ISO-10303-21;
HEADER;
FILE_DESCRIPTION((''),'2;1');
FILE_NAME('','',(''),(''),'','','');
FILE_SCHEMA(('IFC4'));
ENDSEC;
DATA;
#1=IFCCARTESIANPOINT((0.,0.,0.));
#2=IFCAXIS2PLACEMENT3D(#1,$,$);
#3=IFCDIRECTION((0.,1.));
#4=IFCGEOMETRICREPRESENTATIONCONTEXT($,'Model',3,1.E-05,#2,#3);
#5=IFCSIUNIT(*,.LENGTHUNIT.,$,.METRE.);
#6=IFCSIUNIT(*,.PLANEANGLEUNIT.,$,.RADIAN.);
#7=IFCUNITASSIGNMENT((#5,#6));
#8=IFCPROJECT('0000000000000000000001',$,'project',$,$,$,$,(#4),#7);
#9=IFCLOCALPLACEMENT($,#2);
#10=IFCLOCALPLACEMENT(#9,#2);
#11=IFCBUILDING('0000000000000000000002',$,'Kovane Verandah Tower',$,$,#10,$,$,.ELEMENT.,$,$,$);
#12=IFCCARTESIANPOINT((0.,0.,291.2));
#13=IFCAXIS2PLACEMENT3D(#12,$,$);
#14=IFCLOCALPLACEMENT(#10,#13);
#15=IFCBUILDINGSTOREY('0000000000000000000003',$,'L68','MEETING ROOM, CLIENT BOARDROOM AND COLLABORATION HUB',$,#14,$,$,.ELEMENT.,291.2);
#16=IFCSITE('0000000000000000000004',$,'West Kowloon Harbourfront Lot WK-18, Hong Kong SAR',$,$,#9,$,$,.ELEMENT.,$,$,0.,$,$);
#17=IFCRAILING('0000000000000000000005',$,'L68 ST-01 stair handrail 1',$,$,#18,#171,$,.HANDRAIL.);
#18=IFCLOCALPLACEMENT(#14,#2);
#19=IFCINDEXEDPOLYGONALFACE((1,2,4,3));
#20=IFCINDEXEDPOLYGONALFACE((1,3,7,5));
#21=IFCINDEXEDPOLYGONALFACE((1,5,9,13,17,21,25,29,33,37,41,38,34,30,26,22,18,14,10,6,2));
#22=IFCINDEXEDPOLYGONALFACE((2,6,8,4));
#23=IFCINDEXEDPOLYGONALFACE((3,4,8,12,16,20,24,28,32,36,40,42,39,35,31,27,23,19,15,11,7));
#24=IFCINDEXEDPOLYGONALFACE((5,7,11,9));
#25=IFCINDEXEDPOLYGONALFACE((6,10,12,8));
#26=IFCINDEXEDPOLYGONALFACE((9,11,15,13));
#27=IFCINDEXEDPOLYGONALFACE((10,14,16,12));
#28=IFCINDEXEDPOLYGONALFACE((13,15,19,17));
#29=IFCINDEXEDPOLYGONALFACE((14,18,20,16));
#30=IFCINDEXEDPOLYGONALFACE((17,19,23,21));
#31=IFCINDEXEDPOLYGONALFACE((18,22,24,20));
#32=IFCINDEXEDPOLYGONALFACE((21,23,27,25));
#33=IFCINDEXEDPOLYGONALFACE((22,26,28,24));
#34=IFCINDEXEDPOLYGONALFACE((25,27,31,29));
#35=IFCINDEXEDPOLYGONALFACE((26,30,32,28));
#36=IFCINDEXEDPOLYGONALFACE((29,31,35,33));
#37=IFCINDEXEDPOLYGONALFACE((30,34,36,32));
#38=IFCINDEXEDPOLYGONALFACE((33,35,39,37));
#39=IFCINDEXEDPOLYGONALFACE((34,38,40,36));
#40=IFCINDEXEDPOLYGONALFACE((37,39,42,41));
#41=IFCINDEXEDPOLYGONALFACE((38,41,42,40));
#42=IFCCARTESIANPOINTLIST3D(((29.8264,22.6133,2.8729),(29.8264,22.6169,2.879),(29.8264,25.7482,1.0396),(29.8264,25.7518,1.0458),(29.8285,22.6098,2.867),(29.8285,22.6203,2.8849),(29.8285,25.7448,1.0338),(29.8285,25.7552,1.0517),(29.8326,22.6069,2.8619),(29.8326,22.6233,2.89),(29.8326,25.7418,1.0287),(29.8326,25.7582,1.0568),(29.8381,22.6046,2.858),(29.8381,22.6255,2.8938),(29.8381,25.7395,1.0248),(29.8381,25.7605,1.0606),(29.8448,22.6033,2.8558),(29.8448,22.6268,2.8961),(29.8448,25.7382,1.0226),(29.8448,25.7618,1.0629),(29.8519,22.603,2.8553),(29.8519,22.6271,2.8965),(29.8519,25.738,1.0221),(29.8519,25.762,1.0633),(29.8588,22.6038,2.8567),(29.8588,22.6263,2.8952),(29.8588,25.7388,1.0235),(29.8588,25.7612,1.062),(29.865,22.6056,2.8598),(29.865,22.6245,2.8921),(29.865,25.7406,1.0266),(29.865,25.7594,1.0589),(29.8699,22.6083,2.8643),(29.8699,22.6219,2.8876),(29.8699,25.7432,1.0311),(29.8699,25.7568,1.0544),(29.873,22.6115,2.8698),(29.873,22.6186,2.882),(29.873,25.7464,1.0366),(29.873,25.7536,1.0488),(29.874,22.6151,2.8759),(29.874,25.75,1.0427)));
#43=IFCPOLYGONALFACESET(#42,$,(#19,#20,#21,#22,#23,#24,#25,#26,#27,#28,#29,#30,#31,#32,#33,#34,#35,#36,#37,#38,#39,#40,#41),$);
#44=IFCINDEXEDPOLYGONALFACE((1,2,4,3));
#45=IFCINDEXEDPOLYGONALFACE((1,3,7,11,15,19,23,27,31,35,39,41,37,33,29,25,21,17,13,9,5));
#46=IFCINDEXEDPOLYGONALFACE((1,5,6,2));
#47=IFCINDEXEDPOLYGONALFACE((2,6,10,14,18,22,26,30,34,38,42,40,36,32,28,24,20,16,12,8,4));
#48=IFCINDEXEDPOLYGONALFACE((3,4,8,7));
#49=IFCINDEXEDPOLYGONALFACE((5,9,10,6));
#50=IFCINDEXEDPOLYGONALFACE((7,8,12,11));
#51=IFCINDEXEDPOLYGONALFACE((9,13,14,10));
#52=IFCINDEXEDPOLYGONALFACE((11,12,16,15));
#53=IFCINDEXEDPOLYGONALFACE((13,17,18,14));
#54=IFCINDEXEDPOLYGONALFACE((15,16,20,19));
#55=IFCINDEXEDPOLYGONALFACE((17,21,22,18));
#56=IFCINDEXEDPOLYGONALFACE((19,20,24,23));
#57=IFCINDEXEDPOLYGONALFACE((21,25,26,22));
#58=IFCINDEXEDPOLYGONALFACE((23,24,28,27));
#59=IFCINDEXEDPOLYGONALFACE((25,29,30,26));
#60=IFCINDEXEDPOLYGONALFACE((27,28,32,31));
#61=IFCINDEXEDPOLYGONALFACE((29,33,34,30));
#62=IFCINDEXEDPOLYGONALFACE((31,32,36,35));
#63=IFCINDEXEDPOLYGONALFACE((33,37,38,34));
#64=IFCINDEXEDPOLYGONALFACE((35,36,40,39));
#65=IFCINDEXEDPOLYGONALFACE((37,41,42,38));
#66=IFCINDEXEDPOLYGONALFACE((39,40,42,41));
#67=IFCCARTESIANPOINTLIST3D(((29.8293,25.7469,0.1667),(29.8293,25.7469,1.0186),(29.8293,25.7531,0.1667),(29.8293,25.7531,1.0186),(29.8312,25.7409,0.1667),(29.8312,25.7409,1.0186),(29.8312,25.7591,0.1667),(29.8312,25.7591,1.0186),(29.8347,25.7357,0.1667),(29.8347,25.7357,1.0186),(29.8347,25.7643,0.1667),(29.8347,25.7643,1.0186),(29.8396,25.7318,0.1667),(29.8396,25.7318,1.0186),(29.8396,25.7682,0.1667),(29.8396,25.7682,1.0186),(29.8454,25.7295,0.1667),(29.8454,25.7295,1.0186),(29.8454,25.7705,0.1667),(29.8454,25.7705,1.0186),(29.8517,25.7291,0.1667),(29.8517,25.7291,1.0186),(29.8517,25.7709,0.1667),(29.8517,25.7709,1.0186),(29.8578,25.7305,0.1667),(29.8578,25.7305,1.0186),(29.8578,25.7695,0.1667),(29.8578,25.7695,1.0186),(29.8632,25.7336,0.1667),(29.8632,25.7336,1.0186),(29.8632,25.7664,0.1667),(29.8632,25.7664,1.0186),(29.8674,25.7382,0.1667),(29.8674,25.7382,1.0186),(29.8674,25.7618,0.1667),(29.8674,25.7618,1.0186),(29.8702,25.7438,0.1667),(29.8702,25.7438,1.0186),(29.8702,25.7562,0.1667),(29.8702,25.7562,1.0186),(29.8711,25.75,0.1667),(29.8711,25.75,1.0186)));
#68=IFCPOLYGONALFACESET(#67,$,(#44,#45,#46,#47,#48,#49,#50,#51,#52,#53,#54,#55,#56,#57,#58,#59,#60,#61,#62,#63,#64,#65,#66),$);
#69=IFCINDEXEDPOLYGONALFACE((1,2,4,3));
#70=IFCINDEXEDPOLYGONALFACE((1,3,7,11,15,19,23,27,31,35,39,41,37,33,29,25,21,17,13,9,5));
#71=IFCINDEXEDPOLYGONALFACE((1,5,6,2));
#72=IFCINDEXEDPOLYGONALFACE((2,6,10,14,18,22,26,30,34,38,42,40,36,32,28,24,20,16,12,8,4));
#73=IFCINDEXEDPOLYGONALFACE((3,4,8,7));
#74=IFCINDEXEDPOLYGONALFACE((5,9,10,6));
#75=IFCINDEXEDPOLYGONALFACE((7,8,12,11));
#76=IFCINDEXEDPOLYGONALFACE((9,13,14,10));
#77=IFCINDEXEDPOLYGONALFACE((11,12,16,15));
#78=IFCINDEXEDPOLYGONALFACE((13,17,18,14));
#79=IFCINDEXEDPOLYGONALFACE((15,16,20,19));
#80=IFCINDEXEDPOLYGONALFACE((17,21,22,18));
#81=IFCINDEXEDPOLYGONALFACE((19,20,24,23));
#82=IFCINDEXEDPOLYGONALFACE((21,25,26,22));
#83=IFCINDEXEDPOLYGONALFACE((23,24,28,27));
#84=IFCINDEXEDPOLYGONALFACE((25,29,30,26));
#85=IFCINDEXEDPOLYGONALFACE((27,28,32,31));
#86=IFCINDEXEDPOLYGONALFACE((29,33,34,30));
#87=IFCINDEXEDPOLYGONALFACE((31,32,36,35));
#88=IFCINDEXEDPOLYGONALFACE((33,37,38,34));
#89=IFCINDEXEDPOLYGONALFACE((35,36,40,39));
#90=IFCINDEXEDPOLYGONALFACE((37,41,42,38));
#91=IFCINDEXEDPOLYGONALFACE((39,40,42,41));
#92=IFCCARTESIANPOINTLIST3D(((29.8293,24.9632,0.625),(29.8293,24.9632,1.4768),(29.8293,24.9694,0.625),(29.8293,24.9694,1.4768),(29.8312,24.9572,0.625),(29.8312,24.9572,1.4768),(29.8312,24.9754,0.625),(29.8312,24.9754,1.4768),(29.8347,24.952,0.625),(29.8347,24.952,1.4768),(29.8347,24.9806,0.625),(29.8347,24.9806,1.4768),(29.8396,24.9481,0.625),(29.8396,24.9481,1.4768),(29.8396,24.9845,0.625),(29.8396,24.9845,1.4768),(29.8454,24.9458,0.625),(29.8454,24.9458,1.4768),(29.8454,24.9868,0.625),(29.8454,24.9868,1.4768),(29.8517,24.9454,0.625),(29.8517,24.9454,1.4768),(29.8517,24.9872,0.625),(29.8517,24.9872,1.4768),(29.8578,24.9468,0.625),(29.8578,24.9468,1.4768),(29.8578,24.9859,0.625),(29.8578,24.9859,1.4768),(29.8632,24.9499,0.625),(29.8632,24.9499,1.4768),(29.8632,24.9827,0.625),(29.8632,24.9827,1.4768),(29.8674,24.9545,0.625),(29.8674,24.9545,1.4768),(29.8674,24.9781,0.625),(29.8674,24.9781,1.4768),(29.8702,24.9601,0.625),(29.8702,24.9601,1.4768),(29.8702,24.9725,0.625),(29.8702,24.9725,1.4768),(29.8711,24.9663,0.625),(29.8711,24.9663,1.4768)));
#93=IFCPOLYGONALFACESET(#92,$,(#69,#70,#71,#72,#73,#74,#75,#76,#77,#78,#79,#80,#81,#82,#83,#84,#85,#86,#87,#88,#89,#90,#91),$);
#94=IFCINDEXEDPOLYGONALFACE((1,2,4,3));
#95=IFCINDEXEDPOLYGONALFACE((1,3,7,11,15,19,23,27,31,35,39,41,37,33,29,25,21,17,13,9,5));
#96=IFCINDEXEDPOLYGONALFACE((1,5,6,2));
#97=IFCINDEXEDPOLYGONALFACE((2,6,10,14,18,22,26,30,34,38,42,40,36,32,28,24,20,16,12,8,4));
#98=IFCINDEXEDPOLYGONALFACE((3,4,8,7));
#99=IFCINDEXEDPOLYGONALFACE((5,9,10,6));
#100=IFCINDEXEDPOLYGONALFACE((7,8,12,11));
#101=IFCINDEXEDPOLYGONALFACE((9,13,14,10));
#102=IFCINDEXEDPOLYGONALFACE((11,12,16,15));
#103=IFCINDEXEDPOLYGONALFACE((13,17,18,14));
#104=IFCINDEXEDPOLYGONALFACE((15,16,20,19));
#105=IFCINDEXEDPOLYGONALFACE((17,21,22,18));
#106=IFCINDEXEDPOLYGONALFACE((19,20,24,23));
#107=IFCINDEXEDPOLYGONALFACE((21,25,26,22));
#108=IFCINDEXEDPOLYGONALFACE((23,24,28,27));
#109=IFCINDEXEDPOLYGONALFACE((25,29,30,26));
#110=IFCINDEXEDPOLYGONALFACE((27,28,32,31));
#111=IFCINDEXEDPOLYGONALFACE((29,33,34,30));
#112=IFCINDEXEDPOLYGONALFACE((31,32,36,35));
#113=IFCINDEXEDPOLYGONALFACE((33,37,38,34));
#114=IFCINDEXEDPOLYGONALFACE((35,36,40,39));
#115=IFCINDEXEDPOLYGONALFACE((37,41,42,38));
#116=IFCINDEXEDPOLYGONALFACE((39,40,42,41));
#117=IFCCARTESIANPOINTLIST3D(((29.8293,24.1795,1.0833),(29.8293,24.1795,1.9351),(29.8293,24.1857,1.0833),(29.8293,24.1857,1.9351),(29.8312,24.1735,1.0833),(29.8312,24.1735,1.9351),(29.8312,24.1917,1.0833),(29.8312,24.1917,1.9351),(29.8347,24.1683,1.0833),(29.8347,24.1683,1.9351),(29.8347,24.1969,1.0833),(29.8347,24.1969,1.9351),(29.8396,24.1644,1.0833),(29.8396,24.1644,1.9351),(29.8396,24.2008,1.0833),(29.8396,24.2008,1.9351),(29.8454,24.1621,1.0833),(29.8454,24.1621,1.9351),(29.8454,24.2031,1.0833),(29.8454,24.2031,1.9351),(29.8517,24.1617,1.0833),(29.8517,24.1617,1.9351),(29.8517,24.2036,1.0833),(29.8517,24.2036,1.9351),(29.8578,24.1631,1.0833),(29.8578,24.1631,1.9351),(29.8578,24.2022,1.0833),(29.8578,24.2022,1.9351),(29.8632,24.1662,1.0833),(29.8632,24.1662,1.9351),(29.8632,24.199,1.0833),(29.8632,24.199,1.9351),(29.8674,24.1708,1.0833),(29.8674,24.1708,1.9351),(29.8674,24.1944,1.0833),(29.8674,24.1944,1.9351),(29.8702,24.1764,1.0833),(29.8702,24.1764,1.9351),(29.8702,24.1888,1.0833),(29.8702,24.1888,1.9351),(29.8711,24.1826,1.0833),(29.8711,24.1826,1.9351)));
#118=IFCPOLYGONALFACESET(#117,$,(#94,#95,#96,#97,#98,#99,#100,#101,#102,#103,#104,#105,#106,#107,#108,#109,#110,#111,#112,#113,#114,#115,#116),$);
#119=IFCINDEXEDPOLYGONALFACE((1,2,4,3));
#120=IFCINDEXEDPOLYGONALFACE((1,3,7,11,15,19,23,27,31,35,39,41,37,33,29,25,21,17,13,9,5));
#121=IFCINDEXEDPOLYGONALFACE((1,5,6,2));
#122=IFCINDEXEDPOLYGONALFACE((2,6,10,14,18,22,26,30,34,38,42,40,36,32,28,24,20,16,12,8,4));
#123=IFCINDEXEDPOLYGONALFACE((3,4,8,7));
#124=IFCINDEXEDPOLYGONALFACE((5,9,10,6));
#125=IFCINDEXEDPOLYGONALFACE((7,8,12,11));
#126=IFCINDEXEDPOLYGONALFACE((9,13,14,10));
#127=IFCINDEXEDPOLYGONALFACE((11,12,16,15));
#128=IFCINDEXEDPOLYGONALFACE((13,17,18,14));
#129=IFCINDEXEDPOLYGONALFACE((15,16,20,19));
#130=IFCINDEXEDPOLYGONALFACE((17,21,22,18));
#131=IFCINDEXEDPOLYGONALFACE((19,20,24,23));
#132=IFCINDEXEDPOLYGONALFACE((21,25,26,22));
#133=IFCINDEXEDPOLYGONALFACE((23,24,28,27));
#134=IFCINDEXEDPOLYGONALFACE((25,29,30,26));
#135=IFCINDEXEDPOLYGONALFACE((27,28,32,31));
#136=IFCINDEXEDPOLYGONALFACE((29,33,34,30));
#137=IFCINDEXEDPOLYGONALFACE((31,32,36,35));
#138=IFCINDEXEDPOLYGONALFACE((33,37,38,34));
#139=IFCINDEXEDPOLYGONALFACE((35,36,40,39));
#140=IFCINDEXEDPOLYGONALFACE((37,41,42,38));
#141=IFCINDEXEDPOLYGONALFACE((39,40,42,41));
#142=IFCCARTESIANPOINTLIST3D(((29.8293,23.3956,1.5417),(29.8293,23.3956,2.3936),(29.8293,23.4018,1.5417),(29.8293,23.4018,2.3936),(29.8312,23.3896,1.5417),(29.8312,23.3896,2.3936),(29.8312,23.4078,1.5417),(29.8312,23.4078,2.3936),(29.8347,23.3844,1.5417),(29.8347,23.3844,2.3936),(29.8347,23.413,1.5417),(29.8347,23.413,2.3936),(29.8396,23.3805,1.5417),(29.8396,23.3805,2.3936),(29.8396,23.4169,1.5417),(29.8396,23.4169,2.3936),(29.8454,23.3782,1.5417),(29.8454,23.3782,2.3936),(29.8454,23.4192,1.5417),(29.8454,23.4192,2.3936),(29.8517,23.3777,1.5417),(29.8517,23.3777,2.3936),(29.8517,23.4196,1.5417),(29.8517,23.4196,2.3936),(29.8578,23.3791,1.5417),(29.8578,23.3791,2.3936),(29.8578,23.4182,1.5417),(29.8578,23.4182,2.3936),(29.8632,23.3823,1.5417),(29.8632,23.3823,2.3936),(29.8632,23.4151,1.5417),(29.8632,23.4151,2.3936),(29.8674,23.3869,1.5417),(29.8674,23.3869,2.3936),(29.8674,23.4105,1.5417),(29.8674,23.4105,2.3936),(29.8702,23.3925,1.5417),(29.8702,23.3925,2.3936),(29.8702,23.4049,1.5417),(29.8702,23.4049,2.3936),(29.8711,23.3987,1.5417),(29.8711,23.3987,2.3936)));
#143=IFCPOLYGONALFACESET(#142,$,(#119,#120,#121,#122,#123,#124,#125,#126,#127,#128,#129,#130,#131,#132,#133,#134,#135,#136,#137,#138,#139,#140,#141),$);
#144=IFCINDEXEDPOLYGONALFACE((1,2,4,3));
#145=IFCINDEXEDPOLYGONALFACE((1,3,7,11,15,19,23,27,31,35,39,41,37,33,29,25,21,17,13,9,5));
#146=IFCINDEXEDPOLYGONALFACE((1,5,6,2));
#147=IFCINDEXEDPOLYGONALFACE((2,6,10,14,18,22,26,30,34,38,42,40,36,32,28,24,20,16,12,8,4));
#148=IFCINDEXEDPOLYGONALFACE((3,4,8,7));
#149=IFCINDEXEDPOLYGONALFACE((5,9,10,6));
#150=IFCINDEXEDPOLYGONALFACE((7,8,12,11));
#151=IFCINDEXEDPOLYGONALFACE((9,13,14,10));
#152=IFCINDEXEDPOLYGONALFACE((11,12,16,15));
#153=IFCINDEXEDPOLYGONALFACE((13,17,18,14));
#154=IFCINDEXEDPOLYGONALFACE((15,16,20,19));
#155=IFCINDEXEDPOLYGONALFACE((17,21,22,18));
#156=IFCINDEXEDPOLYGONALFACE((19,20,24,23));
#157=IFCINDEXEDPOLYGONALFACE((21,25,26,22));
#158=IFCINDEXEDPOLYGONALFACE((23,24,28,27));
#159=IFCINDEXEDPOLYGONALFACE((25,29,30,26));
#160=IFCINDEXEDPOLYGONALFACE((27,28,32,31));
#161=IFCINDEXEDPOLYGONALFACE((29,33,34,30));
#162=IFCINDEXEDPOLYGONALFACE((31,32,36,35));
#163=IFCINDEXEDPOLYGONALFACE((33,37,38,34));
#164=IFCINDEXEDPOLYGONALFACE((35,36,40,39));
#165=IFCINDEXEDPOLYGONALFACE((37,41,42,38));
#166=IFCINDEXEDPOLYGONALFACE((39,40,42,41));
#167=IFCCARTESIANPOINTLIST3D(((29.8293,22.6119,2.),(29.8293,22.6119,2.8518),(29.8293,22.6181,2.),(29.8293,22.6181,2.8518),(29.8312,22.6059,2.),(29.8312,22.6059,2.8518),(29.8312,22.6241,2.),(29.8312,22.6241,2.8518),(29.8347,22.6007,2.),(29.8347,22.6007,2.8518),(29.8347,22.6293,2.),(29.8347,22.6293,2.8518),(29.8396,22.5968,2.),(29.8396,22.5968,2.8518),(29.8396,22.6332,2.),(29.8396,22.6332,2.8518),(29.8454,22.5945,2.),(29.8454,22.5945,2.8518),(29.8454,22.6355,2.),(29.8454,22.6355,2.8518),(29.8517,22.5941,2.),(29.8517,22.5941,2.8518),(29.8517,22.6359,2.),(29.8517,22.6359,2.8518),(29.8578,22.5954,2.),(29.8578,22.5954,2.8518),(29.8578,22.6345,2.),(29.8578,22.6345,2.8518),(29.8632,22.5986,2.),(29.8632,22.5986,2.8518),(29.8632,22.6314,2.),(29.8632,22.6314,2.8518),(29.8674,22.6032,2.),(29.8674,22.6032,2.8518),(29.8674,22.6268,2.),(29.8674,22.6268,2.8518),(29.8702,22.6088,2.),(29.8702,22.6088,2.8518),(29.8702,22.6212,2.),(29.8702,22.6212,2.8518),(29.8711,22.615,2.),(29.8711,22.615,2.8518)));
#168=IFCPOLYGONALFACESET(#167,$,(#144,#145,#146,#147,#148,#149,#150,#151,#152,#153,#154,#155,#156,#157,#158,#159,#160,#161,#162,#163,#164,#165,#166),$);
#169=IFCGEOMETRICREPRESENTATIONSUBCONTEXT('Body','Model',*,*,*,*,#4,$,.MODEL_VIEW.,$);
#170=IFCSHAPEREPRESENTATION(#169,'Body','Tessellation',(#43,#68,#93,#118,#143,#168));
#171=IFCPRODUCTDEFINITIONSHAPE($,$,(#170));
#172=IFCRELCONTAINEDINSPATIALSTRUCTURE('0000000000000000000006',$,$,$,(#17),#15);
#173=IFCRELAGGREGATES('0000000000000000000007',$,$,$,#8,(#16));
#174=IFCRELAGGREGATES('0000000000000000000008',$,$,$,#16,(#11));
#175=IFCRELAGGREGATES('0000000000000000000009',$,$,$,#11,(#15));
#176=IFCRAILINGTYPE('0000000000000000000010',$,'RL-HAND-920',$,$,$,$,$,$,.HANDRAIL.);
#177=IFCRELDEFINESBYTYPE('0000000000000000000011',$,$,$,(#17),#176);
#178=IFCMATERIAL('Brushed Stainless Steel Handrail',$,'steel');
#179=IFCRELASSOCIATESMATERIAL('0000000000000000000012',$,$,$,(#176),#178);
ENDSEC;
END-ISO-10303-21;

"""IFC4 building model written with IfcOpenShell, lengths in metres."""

from ifc_helpers import new_model, si_unit, direction, frame, origin, origin_2d, place, context, subcontext, project, spatial, circle, extrude, material, type_object, element, save


model = new_model("IFC4")

# Units and contexts
model_context = context("Model", 3, precision=1e-05, world=origin(), true_north=direction((0.0, 1.0)))
body_context = subcontext(model_context, "Body", "Model", "MODEL_VIEW")
ifc_project = project(units=[si_unit("LENGTHUNIT", "METRE"), si_unit("PLANEANGLEUNIT", "RADIAN")], contexts=[model_context])

# Site, building, storey
site_placement = place(None, origin())
site = spatial("IfcSite", under=ifc_project, at=site_placement, Name="West Kowloon Harbourfront Lot WK-18, Hong Kong SAR", CompositionType="ELEMENT", RefElevation=0.0)
building_placement = place(site_placement, origin())
building = spatial("IfcBuilding", under=site, at=building_placement, Name="Kovane Verandah Tower", CompositionType="ELEMENT")
storey_placement = place(building_placement, frame((0.0, 0.0, 291.2)))
storey = spatial("IfcBuildingStorey", under=building, at=storey_placement, Name="L68", Description="MEETING ROOM, CLIENT BOARDROOM AND COLLABORATION HUB", CompositionType="ELEMENT", Elevation=291.2)

# Railing
ifc_material_1 = material(Name="Brushed Stainless Steel Handrail", Category="steel")
railing_type_1 = type_object("IfcRailingType", Name="RL-HAND-920", PredefinedType="HANDRAIL", material=ifc_material_1)
railing_1_placement = place(storey_placement, frame((29.8501, 25.75, 0.1667)))
element("IfcRailing", 1, at=railing_1_placement, inside=storey, type_object=railing_type_1, Name="L68 ST-01 stair handrail 1", PredefinedType="HANDRAIL", context=body_context, shape_type="SweptSolid", body=[
    extrude(circle(Radius=0.0239, at=origin_2d()), frame((0.0, 0.0, 0.876), z_axis=(0.0, -0.86324, 0.504794), x_axis=(1.0, 0.0, 0.0)), (0.0, 0.0, 1.0), 3.6316),
    extrude(circle(Radius=0.021, at=origin_2d()), origin(), (0.0, 0.0, 1.0), 0.8518),
    extrude(circle(Radius=0.021, at=origin_2d()), frame((0.0, -0.7837, 0.4583)), (0.0, 0.0, 1.0), 0.8518),
    extrude(circle(Radius=0.021, at=origin_2d()), frame((0.0, -1.5674, 0.9165)), (0.0, 0.0, 1.0), 0.8518),
    extrude(circle(Radius=0.021, at=origin_2d()), frame((0.0, -2.3513, 1.375)), (0.0, 0.0, 1.0), 0.8518),
    extrude(circle(Radius=0.021, at=origin_2d()), frame((0.0, -3.135, 1.8333)), (0.0, 0.0, 1.0), 0.8518),
])

save(model, "model.ifc")
